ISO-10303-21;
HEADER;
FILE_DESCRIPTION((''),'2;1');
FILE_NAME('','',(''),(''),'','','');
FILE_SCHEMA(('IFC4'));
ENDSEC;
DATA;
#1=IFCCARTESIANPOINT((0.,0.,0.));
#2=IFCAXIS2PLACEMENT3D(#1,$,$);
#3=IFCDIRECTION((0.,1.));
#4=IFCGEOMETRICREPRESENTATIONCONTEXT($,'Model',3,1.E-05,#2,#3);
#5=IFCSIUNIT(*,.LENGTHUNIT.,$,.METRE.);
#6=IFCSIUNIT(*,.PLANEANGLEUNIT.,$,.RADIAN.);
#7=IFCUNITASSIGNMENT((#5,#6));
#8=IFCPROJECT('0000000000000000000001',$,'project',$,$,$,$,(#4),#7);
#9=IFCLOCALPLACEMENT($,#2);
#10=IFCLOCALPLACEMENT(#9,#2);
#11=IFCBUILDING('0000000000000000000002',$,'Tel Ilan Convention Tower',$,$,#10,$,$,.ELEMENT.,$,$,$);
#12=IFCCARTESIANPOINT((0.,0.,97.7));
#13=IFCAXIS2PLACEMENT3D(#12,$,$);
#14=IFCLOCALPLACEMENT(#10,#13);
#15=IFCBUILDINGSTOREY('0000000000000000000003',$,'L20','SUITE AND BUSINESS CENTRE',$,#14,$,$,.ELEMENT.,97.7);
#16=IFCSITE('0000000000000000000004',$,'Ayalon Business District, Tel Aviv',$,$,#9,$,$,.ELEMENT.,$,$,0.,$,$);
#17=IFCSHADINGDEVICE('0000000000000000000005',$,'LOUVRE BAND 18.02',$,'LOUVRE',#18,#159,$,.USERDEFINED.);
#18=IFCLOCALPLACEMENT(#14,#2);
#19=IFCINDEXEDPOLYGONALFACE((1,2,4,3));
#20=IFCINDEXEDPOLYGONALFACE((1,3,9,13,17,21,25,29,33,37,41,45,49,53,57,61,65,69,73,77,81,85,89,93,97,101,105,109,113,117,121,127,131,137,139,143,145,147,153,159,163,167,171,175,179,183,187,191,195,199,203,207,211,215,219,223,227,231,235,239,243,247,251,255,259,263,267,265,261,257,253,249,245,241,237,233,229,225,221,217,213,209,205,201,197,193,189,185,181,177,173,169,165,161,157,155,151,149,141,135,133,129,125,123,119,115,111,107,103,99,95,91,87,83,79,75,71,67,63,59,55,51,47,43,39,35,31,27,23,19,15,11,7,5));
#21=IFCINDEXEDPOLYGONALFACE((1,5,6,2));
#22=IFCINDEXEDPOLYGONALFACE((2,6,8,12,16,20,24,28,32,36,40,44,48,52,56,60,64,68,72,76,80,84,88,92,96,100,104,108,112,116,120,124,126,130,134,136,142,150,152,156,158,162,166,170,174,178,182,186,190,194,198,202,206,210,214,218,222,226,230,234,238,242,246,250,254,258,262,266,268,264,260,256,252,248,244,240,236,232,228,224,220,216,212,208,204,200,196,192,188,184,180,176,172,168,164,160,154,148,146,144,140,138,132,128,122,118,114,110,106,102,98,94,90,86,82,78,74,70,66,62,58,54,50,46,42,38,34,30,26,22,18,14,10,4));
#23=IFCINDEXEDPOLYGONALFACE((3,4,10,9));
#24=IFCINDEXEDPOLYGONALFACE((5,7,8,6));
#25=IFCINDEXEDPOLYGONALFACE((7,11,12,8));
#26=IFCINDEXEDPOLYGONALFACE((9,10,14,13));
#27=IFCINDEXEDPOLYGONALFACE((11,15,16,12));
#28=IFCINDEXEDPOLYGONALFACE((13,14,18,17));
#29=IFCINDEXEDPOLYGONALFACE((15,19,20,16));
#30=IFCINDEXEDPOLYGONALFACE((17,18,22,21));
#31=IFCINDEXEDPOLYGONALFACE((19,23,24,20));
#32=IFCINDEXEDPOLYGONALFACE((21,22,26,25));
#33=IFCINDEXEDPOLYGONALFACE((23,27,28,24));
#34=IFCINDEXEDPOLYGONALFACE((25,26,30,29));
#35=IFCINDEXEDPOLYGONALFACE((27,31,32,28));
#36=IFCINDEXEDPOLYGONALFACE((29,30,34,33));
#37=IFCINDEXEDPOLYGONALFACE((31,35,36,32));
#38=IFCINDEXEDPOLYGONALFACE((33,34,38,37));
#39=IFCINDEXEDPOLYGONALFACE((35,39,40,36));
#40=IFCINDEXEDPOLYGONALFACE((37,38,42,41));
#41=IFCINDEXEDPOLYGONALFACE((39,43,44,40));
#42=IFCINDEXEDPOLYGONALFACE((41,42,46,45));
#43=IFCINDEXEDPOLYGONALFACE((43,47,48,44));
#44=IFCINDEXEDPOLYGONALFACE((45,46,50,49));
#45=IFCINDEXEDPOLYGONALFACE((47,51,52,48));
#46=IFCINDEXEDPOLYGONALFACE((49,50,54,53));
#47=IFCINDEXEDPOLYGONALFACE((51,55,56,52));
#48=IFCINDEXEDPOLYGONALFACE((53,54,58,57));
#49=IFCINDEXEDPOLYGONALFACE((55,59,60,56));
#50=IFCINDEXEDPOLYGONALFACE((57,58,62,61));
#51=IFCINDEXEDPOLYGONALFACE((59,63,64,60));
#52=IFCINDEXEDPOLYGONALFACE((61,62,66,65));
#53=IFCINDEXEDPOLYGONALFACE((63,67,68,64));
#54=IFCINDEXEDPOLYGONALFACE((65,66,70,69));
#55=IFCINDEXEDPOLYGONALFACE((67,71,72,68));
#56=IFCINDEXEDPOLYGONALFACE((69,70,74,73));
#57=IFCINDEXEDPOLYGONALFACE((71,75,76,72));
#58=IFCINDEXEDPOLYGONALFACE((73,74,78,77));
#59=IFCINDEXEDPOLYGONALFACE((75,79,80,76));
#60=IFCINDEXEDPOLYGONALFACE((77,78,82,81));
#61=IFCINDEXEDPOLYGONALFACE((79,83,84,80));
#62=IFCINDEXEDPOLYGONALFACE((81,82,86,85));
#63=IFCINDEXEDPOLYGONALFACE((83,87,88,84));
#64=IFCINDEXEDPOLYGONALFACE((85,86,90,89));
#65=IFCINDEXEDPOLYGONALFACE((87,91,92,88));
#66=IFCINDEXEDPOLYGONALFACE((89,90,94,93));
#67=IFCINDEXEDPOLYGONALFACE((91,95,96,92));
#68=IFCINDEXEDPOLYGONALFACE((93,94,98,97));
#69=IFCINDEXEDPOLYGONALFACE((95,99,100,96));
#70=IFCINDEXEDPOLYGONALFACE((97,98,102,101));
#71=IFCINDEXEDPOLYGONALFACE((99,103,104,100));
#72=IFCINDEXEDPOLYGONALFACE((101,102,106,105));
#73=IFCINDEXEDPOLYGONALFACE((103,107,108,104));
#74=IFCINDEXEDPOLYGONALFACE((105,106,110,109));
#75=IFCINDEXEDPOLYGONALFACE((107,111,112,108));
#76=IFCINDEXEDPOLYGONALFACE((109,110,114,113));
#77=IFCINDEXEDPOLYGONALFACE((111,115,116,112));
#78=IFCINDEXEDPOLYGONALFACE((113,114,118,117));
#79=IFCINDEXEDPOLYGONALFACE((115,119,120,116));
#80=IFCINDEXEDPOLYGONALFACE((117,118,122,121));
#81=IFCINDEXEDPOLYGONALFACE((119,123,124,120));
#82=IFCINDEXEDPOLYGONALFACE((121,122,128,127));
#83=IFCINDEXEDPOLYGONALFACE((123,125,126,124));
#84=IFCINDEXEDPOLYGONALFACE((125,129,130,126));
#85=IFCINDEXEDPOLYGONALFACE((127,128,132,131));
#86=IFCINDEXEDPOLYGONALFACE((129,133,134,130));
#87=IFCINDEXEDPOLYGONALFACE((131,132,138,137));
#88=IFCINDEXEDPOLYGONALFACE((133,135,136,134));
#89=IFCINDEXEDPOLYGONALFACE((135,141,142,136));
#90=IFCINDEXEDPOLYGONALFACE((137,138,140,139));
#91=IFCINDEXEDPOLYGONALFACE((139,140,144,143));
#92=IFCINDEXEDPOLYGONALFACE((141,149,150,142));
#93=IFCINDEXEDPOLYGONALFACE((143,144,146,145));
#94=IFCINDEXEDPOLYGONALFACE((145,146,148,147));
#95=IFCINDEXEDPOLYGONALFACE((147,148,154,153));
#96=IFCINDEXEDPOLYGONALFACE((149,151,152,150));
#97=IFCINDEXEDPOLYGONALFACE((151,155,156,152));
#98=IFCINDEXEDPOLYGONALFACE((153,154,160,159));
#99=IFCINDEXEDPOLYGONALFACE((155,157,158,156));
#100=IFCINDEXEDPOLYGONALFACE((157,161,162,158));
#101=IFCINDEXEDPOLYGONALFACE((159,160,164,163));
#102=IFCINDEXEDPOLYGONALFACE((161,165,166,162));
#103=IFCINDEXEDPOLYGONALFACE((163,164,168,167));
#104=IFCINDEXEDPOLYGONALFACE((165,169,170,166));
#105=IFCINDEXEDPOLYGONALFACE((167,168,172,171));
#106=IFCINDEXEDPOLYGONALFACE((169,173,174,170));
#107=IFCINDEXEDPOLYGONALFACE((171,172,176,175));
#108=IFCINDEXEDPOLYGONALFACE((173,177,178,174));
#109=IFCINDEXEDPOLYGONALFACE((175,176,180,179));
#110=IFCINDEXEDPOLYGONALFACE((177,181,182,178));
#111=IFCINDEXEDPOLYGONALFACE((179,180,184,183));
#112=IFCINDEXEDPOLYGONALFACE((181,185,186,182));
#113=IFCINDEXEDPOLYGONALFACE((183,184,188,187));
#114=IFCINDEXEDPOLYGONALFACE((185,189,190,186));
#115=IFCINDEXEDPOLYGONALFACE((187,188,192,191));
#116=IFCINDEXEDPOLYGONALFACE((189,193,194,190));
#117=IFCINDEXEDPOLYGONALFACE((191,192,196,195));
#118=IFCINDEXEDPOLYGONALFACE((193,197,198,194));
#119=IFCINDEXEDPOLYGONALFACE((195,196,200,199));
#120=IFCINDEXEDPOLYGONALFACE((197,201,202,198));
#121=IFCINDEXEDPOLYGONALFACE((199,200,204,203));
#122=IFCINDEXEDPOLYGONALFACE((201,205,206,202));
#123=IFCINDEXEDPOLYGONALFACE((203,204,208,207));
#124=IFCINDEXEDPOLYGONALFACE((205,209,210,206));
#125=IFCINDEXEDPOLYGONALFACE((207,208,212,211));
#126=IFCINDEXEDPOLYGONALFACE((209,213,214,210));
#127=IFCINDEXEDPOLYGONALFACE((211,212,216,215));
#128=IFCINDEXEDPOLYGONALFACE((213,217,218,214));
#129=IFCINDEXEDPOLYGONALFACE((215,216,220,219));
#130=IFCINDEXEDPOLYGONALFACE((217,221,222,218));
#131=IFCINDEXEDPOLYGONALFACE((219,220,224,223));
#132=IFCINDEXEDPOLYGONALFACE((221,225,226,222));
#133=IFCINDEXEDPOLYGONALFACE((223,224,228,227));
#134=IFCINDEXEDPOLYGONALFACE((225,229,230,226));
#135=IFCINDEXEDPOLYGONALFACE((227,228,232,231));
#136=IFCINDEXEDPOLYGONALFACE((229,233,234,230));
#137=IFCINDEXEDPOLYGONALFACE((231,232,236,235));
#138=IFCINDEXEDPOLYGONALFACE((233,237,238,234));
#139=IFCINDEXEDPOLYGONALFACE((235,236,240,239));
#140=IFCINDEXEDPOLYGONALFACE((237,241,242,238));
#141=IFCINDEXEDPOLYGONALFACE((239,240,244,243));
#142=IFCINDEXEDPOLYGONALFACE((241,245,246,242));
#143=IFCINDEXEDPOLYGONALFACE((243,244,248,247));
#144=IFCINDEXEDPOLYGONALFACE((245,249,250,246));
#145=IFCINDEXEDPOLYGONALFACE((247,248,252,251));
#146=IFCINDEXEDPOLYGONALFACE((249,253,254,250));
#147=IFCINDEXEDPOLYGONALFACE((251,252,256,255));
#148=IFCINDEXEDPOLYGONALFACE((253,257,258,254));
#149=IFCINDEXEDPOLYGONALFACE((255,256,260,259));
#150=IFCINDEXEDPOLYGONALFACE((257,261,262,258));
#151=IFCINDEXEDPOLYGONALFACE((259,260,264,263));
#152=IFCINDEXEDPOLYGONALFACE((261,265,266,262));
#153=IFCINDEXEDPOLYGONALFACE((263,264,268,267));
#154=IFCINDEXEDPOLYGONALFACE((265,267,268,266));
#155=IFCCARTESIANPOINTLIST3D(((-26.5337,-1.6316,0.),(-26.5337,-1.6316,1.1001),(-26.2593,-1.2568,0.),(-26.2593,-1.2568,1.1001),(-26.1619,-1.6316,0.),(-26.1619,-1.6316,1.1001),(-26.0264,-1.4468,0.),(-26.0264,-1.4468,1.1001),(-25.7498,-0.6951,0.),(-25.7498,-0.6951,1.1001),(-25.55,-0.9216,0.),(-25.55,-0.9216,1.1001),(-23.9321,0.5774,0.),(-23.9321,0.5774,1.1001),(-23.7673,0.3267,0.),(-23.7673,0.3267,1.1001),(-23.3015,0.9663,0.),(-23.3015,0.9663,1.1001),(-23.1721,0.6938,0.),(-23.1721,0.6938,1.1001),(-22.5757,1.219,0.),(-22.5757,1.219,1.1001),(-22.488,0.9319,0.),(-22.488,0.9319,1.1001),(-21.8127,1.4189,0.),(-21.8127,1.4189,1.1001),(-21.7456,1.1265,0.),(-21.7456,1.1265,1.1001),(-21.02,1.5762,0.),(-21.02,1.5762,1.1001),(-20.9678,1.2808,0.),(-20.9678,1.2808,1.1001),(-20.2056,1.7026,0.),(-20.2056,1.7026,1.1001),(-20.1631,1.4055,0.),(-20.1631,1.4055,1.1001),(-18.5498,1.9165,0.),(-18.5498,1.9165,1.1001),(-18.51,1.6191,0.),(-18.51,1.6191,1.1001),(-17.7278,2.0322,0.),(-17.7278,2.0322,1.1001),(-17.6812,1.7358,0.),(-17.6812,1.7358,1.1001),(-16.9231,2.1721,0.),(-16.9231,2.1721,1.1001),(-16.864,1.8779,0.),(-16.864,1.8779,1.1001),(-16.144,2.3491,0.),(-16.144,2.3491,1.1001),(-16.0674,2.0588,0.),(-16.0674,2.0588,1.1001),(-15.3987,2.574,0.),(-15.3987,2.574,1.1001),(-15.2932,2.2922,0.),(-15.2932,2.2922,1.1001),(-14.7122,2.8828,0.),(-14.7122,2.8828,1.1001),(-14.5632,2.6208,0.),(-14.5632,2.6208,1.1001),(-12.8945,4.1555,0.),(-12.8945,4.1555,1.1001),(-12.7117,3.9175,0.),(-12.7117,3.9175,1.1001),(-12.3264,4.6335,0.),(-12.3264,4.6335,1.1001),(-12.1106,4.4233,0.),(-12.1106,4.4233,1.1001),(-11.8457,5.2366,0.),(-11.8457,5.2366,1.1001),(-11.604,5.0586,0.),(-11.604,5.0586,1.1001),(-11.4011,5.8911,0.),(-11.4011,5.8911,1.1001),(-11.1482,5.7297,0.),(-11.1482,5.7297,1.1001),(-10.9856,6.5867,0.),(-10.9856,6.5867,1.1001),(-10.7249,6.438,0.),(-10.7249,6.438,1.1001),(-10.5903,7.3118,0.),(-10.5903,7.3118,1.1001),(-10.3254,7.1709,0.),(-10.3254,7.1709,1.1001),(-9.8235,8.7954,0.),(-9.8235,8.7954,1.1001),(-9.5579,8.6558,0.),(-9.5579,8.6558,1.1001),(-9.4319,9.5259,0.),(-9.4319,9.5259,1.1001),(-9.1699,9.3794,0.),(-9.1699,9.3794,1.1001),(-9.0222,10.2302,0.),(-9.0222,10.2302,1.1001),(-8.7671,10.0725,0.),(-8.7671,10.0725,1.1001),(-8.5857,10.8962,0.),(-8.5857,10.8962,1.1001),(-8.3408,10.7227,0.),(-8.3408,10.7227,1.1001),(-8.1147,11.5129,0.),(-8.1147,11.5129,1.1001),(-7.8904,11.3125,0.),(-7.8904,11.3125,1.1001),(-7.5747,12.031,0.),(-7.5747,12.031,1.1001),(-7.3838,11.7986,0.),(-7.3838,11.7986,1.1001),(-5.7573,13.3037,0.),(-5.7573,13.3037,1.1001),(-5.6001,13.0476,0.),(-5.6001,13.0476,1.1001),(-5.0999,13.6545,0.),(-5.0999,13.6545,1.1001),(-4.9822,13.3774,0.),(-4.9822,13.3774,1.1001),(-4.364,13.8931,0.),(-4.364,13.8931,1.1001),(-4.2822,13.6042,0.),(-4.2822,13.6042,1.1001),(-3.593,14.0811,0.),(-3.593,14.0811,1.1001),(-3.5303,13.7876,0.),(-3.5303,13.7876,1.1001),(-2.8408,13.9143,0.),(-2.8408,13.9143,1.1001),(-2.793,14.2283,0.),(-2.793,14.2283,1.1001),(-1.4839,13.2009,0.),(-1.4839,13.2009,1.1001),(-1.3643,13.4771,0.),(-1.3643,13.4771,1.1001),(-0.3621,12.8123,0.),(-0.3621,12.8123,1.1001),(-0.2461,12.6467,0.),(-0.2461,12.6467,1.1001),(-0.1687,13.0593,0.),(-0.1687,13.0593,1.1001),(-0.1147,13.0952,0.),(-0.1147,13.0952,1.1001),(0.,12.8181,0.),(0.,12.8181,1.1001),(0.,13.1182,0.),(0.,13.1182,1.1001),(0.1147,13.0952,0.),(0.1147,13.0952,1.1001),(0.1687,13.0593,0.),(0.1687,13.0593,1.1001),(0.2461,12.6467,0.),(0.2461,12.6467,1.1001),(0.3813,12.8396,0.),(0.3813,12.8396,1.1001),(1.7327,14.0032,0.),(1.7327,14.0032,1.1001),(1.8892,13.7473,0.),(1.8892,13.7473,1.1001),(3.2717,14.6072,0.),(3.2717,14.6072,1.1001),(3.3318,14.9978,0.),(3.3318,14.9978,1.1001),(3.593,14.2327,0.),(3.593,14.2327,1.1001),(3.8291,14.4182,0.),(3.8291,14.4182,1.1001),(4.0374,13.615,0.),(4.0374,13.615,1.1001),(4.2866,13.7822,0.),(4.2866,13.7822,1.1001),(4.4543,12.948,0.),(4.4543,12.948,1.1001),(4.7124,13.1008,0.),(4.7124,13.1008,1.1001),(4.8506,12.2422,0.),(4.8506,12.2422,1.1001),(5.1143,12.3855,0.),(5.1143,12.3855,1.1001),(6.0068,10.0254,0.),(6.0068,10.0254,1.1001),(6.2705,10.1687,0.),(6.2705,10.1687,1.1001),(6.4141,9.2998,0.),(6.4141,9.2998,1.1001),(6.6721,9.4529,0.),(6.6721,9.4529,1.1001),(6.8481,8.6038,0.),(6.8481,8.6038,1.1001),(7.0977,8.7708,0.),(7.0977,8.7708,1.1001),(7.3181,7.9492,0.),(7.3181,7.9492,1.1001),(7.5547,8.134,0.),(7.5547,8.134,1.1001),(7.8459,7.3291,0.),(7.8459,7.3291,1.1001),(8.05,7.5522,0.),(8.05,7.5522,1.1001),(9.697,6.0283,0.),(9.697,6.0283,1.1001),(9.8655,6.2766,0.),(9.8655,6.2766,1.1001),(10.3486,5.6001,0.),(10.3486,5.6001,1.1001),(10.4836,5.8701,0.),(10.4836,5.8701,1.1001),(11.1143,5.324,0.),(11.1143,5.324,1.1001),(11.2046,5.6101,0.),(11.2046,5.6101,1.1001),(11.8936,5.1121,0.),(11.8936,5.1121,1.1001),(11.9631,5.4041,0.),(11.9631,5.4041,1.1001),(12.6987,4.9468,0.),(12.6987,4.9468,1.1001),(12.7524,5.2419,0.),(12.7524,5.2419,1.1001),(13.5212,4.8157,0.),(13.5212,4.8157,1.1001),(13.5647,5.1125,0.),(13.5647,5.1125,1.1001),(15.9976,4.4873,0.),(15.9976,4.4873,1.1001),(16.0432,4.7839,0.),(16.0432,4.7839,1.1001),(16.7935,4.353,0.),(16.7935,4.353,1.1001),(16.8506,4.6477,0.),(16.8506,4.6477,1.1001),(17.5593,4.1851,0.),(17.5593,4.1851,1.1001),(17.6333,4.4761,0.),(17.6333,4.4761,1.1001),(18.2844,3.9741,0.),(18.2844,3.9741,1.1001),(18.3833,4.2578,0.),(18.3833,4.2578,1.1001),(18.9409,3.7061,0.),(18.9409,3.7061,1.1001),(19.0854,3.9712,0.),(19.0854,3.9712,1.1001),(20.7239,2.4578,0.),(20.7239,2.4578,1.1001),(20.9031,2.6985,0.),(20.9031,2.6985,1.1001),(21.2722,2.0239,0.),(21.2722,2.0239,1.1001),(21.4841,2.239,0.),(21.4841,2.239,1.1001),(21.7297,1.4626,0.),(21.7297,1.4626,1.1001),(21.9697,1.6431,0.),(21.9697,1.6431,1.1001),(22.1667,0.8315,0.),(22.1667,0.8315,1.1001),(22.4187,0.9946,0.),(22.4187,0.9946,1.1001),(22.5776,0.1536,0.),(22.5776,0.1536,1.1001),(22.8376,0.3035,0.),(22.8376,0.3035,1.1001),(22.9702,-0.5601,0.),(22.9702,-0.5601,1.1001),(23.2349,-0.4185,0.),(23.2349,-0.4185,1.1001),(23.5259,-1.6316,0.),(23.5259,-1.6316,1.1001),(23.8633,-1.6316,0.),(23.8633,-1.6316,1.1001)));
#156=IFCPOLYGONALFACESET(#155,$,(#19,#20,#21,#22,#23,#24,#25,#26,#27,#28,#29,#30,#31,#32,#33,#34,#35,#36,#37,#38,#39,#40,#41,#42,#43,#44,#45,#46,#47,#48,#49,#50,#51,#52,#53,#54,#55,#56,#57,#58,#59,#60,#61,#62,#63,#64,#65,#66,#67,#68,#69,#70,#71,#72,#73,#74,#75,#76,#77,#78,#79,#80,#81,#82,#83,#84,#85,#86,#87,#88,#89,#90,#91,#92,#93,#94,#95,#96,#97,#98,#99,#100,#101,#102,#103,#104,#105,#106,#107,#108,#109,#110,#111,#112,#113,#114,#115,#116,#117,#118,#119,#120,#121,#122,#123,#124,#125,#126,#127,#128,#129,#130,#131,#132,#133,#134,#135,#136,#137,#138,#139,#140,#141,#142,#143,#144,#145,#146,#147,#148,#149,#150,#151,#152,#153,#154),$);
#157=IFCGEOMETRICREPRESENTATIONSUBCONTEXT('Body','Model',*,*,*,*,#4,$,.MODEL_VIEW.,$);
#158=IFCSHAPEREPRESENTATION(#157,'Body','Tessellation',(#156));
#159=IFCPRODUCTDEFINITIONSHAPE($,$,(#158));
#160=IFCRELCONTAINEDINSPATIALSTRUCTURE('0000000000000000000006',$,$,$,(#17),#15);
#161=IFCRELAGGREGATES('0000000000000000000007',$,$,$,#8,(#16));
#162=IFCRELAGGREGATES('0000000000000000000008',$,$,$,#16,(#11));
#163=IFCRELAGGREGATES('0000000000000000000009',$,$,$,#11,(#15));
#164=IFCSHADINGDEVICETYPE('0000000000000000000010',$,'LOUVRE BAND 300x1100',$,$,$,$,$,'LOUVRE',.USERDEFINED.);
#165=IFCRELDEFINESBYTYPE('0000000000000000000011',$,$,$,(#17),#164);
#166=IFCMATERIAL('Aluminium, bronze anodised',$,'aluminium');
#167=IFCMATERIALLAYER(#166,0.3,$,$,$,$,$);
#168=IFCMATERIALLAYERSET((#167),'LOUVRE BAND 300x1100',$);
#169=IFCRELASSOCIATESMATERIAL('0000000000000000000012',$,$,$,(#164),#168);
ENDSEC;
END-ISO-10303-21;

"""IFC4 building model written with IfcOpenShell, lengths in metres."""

from ifc_helpers import new_model, si_unit, direction, frame, origin, place, context, subcontext, project, spatial, polyline, outline, extrude, material, layer, layer_set, type_object, element, save


model = new_model("IFC4")

# Units and contexts
model_context = context("Model", 3, precision=1e-05, world=origin(), true_north=direction((0.0, 1.0)))
body_context = subcontext(model_context, "Body", "Model", "MODEL_VIEW")
ifc_project = project(units=[si_unit("LENGTHUNIT", "METRE"), si_unit("PLANEANGLEUNIT", "RADIAN")], contexts=[model_context])

# Site, building, storey
site_placement = place(None, origin())
site = spatial("IfcSite", under=ifc_project, at=site_placement, Name="Ayalon Business District, Tel Aviv", CompositionType="ELEMENT", RefElevation=0.0)
building_placement = place(site_placement, origin())
building = spatial("IfcBuilding", under=site, at=building_placement, Name="Tel Ilan Convention Tower", CompositionType="ELEMENT")
storey_placement = place(building_placement, frame((0.0, 0.0, 97.7)))
storey = spatial("IfcBuildingStorey", under=building, at=storey_placement, Name="L20", Description="SUITE AND BUSINESS CENTRE", CompositionType="ELEMENT", Elevation=97.7)

# Shading device
ifc_material_1 = material(Name="Aluminium, bronze anodised", Category="aluminium")
ifc_layer_1 = layer(ifc_material_1, 0.3)
ifc_layer_set_1 = layer_set([ifc_layer_1], Name="LOUVRE BAND 300x1100")
shading_device_type_1 = type_object("IfcShadingDeviceType", Name="LOUVRE BAND 300x1100", ElementType="LOUVRE", PredefinedType="USERDEFINED", material=ifc_layer_set_1)
shading_device_1_placement = place(storey_placement, origin())
element("IfcShadingDevice", 1, at=shading_device_1_placement, inside=storey, type_object=shading_device_type_1, Name="LOUVRE BAND 18.02", ObjectType="LOUVRE", PredefinedType="USERDEFINED", context=body_context, shape_type="SweptSolid", body=[
    extrude(outline(polyline([(-1.3643, 13.4771), (-2.793, 14.2283), (-3.593, 14.0811), (-4.364, 13.8931), (-5.0999, 13.6545), (-5.7573, 13.3037), (-7.5747, 12.031), (-8.1147, 11.5129), (-8.5857, 10.8962), (-9.0222, 10.2302), (-9.4319, 9.5259), (-9.8235, 8.7954), (-10.5903, 7.3118), (-10.9856, 6.5867), (-11.4011, 5.8911), (-11.8457, 5.2366), (-12.3264, 4.6335), (-12.8945, 4.1555), (-14.7122, 2.8828), (-15.3987, 2.574), (-16.144, 2.3491), (-16.9231, 2.1721), (-17.7278, 2.0322), (-18.5498, 1.9165), (-20.2056, 1.7026), (-21.02, 1.5762), (-21.8127, 1.4189), (-22.5757, 1.219), (-23.3015, 0.9663), (-23.9321, 0.5774), (-25.7498, -0.6951), (-26.2593, -1.2568), (-26.5337, -1.6316), (-26.1619, -1.6316), (-26.0264, -1.4468), (-25.55, -0.9216), (-23.7673, 0.3267), (-23.1721, 0.6938), (-22.488, 0.9319), (-21.7456, 1.1265), (-20.9678, 1.2808), (-20.1631, 1.4055), (-18.51, 1.6191), (-17.6812, 1.7358), (-16.864, 1.8779), (-16.0674, 2.0588), (-15.2932, 2.2922), (-14.5632, 2.6208), (-12.7117, 3.9175), (-12.1106, 4.4233), (-11.604, 5.0586), (-11.1482, 5.7297), (-10.7249, 6.438), (-10.3254, 7.1709), (-9.5579, 8.6558), (-9.1699, 9.3794), (-8.7671, 10.0725), (-8.3408, 10.7227), (-7.8904, 11.3125), (-7.3838, 11.7986), (-5.6001, 13.0476), (-4.9822, 13.3774), (-4.2822, 13.6042), (-3.5303, 13.7876), (-2.8408, 13.9143), (-1.4839, 13.2009), (-0.3621, 12.8123), (-0.2461, 12.6467), (0.0, 12.8181), (0.2461, 12.6467), (0.3813, 12.8396), (1.8892, 13.7473), (3.2717, 14.6072), (3.593, 14.2327), (4.0374, 13.615), (4.4543, 12.948), (4.8506, 12.2422), (6.0068, 10.0254), (6.4141, 9.2998), (6.8481, 8.6038), (7.3181, 7.9492), (7.8459, 7.3291), (9.697, 6.0283), (10.3486, 5.6001), (11.1143, 5.324), (11.8936, 5.1121), (12.6987, 4.9468), (13.5212, 4.8157), (15.9976, 4.4873), (16.7935, 4.353), (17.5593, 4.1851), (18.2844, 3.9741), (18.9409, 3.7061), (20.7239, 2.4578), (21.2722, 2.0239), (21.7297, 1.4626), (22.1667, 0.8315), (22.5776, 0.1536), (22.9702, -0.5601), (23.5259, -1.6316), (23.8633, -1.6316), (23.2349, -0.4185), (22.8376, 0.3035), (22.4187, 0.9946), (21.9697, 1.6431), (21.4841, 2.239), (20.9031, 2.6985), (19.0854, 3.9712), (18.3833, 4.2578), (17.6333, 4.4761), (16.8506, 4.6477), (16.0432, 4.7839), (13.5647, 5.1125), (12.7524, 5.2419), (11.9631, 5.4041), (11.2046, 5.6101), (10.4836, 5.8701), (9.8655, 6.2766), (8.05, 7.5522), (7.5547, 8.134), (7.0977, 8.7708), (6.6721, 9.4529), (6.2705, 10.1687), (5.1143, 12.3855), (4.7124, 13.1008), (4.2866, 13.7822), (3.8291, 14.4182), (3.3318, 14.9978), (1.7327, 14.0032), (0.1687, 13.0593), (0.1147, 13.0952), (0.0, 13.1182), (-0.1147, 13.0952), (-0.1687, 13.0593), (-1.3643, 13.4771)])), origin(), (0.0, 0.0, 1.0), 1.1001),
])

save(model, "model.ifc")
